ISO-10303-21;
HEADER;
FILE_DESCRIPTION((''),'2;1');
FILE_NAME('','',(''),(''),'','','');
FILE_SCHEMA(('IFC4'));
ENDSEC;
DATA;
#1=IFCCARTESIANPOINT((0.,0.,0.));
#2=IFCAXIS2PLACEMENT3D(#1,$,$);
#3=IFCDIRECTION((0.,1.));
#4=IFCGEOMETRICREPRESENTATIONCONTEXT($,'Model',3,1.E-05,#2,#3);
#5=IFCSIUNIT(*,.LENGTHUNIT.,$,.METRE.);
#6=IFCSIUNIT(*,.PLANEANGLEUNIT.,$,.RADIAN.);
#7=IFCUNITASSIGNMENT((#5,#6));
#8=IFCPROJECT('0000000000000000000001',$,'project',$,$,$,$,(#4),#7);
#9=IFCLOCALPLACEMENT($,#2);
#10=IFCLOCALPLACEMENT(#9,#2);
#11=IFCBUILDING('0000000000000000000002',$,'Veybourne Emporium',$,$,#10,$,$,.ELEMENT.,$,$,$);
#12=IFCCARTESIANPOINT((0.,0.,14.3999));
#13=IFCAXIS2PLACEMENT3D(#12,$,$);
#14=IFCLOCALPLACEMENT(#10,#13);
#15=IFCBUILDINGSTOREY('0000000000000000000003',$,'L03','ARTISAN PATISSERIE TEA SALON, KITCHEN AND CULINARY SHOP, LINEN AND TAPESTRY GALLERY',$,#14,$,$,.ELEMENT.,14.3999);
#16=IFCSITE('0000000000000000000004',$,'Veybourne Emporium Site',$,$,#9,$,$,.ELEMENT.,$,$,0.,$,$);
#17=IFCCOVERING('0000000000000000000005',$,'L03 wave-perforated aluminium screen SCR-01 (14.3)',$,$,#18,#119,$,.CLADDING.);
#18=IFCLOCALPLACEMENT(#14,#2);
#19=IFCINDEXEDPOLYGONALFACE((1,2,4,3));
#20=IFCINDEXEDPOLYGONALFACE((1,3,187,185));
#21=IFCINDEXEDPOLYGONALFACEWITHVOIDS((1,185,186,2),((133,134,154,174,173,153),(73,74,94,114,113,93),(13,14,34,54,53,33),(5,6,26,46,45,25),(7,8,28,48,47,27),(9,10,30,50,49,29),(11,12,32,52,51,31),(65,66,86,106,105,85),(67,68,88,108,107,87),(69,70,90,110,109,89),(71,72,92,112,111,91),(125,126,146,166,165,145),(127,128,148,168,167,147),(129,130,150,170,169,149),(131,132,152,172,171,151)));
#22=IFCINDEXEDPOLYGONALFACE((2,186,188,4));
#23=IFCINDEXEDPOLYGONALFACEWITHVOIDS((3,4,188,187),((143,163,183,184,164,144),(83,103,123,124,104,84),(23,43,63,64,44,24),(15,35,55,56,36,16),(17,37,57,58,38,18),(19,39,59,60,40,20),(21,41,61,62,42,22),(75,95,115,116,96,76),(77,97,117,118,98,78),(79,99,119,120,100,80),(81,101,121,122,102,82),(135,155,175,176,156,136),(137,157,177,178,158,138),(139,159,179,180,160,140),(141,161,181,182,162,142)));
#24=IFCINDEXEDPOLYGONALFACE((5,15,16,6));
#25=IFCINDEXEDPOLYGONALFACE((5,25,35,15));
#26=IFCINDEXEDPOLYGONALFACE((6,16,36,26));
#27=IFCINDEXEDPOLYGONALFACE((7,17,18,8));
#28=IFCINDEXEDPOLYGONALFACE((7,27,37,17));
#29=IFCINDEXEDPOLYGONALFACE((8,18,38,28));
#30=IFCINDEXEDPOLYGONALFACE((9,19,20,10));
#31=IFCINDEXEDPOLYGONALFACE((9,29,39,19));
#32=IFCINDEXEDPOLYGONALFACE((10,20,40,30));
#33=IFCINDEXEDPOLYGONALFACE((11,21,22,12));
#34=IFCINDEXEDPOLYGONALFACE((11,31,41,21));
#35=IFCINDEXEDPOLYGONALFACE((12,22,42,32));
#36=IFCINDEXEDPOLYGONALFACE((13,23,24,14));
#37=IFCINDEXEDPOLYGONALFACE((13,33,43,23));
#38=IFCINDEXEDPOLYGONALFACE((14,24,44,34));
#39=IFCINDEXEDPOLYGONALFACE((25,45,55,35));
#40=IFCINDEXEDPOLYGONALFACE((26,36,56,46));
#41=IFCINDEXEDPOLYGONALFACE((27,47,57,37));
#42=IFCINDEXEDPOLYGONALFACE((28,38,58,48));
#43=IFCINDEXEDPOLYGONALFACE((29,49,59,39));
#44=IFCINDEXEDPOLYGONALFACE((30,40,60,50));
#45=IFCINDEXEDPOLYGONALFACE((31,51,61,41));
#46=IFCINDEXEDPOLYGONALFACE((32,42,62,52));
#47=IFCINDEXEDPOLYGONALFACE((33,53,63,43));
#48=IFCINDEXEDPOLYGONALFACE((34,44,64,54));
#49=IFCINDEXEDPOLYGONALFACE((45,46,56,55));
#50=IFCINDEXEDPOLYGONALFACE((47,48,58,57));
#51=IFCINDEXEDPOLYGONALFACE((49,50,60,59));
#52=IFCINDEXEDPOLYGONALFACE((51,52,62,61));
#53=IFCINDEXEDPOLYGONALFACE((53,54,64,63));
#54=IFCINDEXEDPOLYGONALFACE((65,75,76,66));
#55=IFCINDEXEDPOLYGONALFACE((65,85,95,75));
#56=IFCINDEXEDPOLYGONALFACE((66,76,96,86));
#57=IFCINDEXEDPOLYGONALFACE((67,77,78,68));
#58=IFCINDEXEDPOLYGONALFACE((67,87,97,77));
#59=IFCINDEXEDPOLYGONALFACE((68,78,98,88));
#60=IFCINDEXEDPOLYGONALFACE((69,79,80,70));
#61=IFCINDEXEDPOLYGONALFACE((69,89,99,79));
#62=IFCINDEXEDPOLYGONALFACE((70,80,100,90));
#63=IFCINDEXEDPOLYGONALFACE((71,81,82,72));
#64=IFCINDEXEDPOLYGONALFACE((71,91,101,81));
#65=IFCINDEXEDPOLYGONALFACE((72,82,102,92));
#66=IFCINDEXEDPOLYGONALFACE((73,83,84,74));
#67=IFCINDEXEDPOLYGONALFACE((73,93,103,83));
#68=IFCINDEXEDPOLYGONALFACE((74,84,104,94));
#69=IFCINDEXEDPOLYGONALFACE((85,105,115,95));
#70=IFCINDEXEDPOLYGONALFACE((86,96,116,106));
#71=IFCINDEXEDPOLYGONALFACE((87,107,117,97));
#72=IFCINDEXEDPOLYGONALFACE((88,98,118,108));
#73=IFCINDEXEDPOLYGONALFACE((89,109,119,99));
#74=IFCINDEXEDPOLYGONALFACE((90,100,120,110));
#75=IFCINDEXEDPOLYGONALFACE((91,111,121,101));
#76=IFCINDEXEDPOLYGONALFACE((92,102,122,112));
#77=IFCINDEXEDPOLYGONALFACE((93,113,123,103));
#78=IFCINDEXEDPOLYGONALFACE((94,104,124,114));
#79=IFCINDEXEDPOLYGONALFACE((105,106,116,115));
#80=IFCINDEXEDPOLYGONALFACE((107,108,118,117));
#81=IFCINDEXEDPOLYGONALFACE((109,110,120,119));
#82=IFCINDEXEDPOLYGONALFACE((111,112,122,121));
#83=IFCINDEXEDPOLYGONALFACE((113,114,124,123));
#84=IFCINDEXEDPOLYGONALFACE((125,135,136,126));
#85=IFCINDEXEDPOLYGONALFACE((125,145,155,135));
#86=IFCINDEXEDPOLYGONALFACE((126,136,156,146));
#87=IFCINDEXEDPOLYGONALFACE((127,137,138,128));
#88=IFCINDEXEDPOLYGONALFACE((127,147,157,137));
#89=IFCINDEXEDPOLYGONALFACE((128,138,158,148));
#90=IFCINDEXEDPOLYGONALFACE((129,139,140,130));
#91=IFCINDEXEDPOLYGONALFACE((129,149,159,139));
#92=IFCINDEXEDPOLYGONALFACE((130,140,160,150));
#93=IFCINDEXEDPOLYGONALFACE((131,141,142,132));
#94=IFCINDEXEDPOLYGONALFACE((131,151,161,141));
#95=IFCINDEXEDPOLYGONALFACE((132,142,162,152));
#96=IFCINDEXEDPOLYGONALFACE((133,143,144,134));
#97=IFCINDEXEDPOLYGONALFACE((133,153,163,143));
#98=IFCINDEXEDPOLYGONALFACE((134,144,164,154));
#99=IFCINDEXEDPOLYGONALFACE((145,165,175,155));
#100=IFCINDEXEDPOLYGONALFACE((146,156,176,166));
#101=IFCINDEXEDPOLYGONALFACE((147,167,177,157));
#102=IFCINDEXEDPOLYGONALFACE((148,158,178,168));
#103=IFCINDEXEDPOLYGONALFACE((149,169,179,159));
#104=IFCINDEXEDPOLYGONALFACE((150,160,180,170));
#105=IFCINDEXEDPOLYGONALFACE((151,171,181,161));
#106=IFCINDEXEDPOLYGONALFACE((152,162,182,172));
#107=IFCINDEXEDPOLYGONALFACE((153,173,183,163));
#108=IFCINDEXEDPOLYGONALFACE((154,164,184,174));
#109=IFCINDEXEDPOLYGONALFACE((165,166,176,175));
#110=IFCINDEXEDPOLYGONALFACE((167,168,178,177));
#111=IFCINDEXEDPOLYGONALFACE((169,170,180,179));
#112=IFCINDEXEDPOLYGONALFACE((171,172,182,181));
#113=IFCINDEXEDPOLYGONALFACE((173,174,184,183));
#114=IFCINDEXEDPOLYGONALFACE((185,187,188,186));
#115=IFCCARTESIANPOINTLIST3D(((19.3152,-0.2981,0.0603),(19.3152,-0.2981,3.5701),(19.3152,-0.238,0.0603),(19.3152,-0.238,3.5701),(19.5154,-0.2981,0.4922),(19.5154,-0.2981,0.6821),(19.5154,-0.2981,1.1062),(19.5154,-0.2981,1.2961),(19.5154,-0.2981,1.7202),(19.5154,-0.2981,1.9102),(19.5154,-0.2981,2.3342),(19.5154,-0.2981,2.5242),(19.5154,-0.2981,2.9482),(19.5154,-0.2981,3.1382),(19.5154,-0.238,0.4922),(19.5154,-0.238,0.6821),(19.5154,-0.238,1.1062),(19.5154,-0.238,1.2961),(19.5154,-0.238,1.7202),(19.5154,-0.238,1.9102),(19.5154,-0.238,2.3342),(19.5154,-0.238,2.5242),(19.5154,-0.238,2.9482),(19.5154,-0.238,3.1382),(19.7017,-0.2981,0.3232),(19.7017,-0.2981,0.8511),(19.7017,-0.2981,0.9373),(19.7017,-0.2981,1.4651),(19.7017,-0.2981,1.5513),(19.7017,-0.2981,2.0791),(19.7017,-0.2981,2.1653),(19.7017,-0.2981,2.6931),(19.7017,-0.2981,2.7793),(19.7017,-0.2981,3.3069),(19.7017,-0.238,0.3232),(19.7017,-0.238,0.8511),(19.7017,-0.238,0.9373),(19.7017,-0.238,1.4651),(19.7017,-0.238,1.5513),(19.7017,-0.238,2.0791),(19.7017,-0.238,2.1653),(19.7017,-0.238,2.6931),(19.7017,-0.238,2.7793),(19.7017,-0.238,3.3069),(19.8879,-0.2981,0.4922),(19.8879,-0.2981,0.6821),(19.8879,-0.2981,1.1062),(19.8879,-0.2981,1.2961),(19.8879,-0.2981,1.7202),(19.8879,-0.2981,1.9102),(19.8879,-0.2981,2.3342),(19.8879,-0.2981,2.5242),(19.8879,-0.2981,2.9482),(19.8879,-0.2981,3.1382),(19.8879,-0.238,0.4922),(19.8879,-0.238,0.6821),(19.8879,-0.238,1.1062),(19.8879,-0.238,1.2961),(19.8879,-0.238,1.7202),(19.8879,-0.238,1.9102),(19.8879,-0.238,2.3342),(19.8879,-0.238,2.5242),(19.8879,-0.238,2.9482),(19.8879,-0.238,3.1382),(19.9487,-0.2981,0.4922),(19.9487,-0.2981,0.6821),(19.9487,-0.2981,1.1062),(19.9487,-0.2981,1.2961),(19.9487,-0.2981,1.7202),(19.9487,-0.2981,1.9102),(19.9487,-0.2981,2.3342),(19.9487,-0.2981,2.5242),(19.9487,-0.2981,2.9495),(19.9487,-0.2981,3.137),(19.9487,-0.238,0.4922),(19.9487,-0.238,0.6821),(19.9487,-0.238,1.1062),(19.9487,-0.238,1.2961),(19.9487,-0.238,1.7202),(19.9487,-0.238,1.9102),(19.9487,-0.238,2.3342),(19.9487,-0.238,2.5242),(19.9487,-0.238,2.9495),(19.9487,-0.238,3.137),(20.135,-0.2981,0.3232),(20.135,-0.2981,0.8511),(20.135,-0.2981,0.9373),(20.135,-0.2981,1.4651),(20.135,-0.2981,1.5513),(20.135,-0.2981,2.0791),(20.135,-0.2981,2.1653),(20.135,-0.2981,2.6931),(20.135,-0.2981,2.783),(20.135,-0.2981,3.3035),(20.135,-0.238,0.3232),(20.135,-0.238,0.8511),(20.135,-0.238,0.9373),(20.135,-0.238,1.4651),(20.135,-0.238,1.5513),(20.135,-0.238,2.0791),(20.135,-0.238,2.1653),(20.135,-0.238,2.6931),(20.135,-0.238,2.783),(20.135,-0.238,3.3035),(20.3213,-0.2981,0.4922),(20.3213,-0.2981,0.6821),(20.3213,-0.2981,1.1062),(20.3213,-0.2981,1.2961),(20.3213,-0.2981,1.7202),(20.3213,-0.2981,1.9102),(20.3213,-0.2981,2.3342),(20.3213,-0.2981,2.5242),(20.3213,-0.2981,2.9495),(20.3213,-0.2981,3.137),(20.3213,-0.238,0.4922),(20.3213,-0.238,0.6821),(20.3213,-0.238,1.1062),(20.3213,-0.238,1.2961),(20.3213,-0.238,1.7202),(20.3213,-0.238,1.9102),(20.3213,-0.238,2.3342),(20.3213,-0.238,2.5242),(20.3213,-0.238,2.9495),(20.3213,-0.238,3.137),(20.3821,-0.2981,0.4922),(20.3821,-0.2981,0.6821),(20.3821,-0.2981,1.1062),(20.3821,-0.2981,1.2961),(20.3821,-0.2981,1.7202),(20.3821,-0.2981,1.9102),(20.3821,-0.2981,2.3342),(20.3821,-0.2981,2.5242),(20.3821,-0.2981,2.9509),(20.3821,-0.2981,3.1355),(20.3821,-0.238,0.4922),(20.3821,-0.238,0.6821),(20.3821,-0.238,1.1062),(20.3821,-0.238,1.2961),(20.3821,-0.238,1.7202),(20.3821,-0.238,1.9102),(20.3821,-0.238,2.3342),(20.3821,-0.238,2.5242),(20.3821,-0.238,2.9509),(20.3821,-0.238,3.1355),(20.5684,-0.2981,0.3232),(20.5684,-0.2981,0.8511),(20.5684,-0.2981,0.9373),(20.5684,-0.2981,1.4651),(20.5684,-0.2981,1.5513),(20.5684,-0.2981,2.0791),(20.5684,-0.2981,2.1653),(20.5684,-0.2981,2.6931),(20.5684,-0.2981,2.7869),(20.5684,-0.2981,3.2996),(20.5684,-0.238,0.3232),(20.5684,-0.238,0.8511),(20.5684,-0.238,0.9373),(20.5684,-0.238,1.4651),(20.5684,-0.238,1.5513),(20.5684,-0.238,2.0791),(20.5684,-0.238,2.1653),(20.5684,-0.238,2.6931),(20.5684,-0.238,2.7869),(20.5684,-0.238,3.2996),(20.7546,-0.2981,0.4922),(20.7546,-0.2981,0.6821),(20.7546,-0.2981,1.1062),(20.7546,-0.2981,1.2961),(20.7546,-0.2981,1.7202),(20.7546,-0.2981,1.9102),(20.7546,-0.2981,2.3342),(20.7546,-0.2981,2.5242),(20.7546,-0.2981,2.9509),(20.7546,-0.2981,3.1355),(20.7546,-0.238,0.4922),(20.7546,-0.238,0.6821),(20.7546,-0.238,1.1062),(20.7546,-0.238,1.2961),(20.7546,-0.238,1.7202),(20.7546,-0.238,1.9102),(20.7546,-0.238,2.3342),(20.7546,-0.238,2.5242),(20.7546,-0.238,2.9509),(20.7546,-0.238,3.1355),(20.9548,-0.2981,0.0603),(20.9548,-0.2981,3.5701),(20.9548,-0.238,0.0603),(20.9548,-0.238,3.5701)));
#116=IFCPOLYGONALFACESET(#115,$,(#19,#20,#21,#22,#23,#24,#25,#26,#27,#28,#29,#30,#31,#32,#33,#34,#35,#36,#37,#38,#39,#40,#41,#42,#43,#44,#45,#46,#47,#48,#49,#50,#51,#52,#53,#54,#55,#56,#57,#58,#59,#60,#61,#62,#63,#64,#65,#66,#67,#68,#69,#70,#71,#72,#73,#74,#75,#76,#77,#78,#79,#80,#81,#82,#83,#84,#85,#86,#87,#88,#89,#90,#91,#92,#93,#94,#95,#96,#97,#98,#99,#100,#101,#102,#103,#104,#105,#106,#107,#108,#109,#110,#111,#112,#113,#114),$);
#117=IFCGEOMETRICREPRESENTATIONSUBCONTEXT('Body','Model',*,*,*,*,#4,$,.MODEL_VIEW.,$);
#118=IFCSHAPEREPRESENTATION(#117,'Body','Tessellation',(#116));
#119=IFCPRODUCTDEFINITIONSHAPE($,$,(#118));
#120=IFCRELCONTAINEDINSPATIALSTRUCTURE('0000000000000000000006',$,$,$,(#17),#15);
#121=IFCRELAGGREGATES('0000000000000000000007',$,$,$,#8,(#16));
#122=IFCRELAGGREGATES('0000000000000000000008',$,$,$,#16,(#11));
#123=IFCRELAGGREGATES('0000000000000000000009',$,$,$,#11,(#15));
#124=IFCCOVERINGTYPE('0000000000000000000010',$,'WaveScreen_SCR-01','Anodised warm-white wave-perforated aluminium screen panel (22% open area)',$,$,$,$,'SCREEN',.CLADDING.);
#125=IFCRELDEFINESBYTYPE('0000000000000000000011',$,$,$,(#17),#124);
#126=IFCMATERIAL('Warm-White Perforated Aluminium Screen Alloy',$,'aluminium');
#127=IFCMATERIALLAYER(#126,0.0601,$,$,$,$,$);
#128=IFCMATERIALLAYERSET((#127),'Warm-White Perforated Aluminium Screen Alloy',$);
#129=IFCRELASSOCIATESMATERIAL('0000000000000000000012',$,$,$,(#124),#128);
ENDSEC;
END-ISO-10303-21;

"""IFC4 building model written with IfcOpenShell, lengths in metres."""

from ifc_helpers import new_model, si_unit, direction, frame, origin, place, context, subcontext, project, spatial, polyline, outline, extrude, material, layer, layer_set, type_object, element, save


model = new_model("IFC4")

# Units and contexts
model_context = context("Model", 3, precision=1e-05, world=origin(), true_north=direction((0.0, 1.0)))
body_context = subcontext(model_context, "Body", "Model", "MODEL_VIEW")
ifc_project = project(units=[si_unit("LENGTHUNIT", "METRE"), si_unit("PLANEANGLEUNIT", "RADIAN")], contexts=[model_context])

# Site, building, storey
site_placement = place(None, origin())
site = spatial("IfcSite", under=ifc_project, at=site_placement, Name="Veybourne Emporium Site", CompositionType="ELEMENT", RefElevation=0.0)
building_placement = place(site_placement, origin())
building = spatial("IfcBuilding", under=site, at=building_placement, Name="Veybourne Emporium", CompositionType="ELEMENT")
storey_placement = place(building_placement, frame((0.0, 0.0, 14.3999)))
storey = spatial("IfcBuildingStorey", under=building, at=storey_placement, Name="L03", Description="ARTISAN PATISSERIE TEA SALON, KITCHEN AND CULINARY SHOP, LINEN AND TAPESTRY GALLERY", CompositionType="ELEMENT", Elevation=14.3999)

# Covering
ifc_material_1 = material(Name="Warm-White Perforated Aluminium Screen Alloy", Category="aluminium")
ifc_layer_1 = layer(ifc_material_1, 0.0601)
ifc_layer_set_1 = layer_set([ifc_layer_1], Name="Warm-White Perforated Aluminium Screen Alloy")
covering_type_1 = type_object("IfcCoveringType", Name="WaveScreen_SCR-01", Description="Anodised warm-white wave-perforated aluminium screen panel (22% open area)", ElementType="SCREEN", PredefinedType="CLADDING", material=ifc_layer_set_1)
covering_1_placement = place(storey_placement, frame((20.135, -0.2981, 1.8152), z_axis=(0.0, 1.0, 0.0), x_axis=(-1.0, 0.0, 0.0)))
element("IfcCovering", 1, at=covering_1_placement, inside=storey, type_object=covering_type_1, Name="L03 wave-perforated aluminium screen SCR-01 (14.3)", PredefinedType="CLADDING", context=body_context, shape_type="SweptSolid", body=[
    extrude(outline(polyline([(-0.8198, -1.7549), (0.8198, -1.7549), (0.8198, 1.7549), (-0.8198, 1.7549), (-0.8198, -1.7549)]), holes=[polyline([(-0.4333, -0.9641), (-0.2471, -1.1331), (-0.2471, -1.323), (-0.4333, -1.4919), (-0.6196, -1.323), (-0.6196, -1.1331), (-0.4333, -0.9641)]), polyline([(-0.4333, -0.3501), (-0.2471, -0.519), (-0.2471, -0.709), (-0.4333, -0.8779), (-0.6196, -0.709), (-0.6196, -0.519), (-0.4333, -0.3501)]), polyline([(-0.4333, 0.2639), (-0.2471, 0.095), (-0.2471, -0.095), (-0.4333, -0.2639), (-0.6196, -0.095), (-0.6196, 0.095), (-0.4333, 0.2639)]), polyline([(-0.4333, 0.8779), (-0.2471, 0.709), (-0.2471, 0.519), (-0.4333, 0.3501), (-0.6196, 0.519), (-0.6196, 0.709), (-0.4333, 0.8779)]), polyline([(-0.4333, 1.4844), (-0.2471, 1.3203), (-0.2471, 1.1357), (-0.4333, 0.9717), (-0.6196, 1.1357), (-0.6196, 1.3203), (-0.4333, 1.4844)]), polyline([(0.0, -0.9641), (0.1863, -1.1331), (0.1863, -1.323), (0.0, -1.4919), (-0.1863, -1.323), (-0.1863, -1.1331), (0.0, -0.9641)]), polyline([(0.0, -0.3501), (0.1863, -0.519), (0.1863, -0.709), (0.0, -0.8779), (-0.1863, -0.709), (-0.1863, -0.519), (0.0, -0.3501)]), polyline([(0.0, 0.2639), (0.1863, 0.095), (0.1863, -0.095), (0.0, -0.2639), (-0.1863, -0.095), (-0.1863, 0.095), (0.0, 0.2639)]), polyline([(0.0, 0.8779), (0.1863, 0.709), (0.1863, 0.519), (0.0, 0.3501), (-0.1863, 0.519), (-0.1863, 0.709), (0.0, 0.8779)]), polyline([(0.0, 1.4883), (0.1863, 1.3218), (0.1863, 1.1343), (0.0, 0.9678), (-0.1863, 1.1343), (-0.1863, 1.3218), (0.0, 1.4883)]), polyline([(0.4333, -0.9641), (0.6196, -1.1331), (0.6196, -1.323), (0.4333, -1.4919), (0.2471, -1.323), (0.2471, -1.1331), (0.4333, -0.9641)]), polyline([(0.4333, -0.3501), (0.6196, -0.519), (0.6196, -0.709), (0.4333, -0.8779), (0.2471, -0.709), (0.2471, -0.519), (0.4333, -0.3501)]), polyline([(0.4333, 0.2639), (0.6196, 0.095), (0.6196, -0.095), (0.4333, -0.2639), (0.2471, -0.095), (0.2471, 0.095), (0.4333, 0.2639)]), polyline([(0.4333, 0.8779), (0.6196, 0.709), (0.6196, 0.519), (0.4333, 0.3501), (0.2471, 0.519), (0.2471, 0.709), (0.4333, 0.8779)]), polyline([(0.4333, 1.4917), (0.6196, 1.323), (0.6196, 1.1331), (0.4333, 0.9641), (0.2471, 1.1331), (0.2471, 1.323), (0.4333, 1.4917)])]), origin(), (0.0, 0.0, 1.0), 0.0601),
])

save(model, "model.ifc")
